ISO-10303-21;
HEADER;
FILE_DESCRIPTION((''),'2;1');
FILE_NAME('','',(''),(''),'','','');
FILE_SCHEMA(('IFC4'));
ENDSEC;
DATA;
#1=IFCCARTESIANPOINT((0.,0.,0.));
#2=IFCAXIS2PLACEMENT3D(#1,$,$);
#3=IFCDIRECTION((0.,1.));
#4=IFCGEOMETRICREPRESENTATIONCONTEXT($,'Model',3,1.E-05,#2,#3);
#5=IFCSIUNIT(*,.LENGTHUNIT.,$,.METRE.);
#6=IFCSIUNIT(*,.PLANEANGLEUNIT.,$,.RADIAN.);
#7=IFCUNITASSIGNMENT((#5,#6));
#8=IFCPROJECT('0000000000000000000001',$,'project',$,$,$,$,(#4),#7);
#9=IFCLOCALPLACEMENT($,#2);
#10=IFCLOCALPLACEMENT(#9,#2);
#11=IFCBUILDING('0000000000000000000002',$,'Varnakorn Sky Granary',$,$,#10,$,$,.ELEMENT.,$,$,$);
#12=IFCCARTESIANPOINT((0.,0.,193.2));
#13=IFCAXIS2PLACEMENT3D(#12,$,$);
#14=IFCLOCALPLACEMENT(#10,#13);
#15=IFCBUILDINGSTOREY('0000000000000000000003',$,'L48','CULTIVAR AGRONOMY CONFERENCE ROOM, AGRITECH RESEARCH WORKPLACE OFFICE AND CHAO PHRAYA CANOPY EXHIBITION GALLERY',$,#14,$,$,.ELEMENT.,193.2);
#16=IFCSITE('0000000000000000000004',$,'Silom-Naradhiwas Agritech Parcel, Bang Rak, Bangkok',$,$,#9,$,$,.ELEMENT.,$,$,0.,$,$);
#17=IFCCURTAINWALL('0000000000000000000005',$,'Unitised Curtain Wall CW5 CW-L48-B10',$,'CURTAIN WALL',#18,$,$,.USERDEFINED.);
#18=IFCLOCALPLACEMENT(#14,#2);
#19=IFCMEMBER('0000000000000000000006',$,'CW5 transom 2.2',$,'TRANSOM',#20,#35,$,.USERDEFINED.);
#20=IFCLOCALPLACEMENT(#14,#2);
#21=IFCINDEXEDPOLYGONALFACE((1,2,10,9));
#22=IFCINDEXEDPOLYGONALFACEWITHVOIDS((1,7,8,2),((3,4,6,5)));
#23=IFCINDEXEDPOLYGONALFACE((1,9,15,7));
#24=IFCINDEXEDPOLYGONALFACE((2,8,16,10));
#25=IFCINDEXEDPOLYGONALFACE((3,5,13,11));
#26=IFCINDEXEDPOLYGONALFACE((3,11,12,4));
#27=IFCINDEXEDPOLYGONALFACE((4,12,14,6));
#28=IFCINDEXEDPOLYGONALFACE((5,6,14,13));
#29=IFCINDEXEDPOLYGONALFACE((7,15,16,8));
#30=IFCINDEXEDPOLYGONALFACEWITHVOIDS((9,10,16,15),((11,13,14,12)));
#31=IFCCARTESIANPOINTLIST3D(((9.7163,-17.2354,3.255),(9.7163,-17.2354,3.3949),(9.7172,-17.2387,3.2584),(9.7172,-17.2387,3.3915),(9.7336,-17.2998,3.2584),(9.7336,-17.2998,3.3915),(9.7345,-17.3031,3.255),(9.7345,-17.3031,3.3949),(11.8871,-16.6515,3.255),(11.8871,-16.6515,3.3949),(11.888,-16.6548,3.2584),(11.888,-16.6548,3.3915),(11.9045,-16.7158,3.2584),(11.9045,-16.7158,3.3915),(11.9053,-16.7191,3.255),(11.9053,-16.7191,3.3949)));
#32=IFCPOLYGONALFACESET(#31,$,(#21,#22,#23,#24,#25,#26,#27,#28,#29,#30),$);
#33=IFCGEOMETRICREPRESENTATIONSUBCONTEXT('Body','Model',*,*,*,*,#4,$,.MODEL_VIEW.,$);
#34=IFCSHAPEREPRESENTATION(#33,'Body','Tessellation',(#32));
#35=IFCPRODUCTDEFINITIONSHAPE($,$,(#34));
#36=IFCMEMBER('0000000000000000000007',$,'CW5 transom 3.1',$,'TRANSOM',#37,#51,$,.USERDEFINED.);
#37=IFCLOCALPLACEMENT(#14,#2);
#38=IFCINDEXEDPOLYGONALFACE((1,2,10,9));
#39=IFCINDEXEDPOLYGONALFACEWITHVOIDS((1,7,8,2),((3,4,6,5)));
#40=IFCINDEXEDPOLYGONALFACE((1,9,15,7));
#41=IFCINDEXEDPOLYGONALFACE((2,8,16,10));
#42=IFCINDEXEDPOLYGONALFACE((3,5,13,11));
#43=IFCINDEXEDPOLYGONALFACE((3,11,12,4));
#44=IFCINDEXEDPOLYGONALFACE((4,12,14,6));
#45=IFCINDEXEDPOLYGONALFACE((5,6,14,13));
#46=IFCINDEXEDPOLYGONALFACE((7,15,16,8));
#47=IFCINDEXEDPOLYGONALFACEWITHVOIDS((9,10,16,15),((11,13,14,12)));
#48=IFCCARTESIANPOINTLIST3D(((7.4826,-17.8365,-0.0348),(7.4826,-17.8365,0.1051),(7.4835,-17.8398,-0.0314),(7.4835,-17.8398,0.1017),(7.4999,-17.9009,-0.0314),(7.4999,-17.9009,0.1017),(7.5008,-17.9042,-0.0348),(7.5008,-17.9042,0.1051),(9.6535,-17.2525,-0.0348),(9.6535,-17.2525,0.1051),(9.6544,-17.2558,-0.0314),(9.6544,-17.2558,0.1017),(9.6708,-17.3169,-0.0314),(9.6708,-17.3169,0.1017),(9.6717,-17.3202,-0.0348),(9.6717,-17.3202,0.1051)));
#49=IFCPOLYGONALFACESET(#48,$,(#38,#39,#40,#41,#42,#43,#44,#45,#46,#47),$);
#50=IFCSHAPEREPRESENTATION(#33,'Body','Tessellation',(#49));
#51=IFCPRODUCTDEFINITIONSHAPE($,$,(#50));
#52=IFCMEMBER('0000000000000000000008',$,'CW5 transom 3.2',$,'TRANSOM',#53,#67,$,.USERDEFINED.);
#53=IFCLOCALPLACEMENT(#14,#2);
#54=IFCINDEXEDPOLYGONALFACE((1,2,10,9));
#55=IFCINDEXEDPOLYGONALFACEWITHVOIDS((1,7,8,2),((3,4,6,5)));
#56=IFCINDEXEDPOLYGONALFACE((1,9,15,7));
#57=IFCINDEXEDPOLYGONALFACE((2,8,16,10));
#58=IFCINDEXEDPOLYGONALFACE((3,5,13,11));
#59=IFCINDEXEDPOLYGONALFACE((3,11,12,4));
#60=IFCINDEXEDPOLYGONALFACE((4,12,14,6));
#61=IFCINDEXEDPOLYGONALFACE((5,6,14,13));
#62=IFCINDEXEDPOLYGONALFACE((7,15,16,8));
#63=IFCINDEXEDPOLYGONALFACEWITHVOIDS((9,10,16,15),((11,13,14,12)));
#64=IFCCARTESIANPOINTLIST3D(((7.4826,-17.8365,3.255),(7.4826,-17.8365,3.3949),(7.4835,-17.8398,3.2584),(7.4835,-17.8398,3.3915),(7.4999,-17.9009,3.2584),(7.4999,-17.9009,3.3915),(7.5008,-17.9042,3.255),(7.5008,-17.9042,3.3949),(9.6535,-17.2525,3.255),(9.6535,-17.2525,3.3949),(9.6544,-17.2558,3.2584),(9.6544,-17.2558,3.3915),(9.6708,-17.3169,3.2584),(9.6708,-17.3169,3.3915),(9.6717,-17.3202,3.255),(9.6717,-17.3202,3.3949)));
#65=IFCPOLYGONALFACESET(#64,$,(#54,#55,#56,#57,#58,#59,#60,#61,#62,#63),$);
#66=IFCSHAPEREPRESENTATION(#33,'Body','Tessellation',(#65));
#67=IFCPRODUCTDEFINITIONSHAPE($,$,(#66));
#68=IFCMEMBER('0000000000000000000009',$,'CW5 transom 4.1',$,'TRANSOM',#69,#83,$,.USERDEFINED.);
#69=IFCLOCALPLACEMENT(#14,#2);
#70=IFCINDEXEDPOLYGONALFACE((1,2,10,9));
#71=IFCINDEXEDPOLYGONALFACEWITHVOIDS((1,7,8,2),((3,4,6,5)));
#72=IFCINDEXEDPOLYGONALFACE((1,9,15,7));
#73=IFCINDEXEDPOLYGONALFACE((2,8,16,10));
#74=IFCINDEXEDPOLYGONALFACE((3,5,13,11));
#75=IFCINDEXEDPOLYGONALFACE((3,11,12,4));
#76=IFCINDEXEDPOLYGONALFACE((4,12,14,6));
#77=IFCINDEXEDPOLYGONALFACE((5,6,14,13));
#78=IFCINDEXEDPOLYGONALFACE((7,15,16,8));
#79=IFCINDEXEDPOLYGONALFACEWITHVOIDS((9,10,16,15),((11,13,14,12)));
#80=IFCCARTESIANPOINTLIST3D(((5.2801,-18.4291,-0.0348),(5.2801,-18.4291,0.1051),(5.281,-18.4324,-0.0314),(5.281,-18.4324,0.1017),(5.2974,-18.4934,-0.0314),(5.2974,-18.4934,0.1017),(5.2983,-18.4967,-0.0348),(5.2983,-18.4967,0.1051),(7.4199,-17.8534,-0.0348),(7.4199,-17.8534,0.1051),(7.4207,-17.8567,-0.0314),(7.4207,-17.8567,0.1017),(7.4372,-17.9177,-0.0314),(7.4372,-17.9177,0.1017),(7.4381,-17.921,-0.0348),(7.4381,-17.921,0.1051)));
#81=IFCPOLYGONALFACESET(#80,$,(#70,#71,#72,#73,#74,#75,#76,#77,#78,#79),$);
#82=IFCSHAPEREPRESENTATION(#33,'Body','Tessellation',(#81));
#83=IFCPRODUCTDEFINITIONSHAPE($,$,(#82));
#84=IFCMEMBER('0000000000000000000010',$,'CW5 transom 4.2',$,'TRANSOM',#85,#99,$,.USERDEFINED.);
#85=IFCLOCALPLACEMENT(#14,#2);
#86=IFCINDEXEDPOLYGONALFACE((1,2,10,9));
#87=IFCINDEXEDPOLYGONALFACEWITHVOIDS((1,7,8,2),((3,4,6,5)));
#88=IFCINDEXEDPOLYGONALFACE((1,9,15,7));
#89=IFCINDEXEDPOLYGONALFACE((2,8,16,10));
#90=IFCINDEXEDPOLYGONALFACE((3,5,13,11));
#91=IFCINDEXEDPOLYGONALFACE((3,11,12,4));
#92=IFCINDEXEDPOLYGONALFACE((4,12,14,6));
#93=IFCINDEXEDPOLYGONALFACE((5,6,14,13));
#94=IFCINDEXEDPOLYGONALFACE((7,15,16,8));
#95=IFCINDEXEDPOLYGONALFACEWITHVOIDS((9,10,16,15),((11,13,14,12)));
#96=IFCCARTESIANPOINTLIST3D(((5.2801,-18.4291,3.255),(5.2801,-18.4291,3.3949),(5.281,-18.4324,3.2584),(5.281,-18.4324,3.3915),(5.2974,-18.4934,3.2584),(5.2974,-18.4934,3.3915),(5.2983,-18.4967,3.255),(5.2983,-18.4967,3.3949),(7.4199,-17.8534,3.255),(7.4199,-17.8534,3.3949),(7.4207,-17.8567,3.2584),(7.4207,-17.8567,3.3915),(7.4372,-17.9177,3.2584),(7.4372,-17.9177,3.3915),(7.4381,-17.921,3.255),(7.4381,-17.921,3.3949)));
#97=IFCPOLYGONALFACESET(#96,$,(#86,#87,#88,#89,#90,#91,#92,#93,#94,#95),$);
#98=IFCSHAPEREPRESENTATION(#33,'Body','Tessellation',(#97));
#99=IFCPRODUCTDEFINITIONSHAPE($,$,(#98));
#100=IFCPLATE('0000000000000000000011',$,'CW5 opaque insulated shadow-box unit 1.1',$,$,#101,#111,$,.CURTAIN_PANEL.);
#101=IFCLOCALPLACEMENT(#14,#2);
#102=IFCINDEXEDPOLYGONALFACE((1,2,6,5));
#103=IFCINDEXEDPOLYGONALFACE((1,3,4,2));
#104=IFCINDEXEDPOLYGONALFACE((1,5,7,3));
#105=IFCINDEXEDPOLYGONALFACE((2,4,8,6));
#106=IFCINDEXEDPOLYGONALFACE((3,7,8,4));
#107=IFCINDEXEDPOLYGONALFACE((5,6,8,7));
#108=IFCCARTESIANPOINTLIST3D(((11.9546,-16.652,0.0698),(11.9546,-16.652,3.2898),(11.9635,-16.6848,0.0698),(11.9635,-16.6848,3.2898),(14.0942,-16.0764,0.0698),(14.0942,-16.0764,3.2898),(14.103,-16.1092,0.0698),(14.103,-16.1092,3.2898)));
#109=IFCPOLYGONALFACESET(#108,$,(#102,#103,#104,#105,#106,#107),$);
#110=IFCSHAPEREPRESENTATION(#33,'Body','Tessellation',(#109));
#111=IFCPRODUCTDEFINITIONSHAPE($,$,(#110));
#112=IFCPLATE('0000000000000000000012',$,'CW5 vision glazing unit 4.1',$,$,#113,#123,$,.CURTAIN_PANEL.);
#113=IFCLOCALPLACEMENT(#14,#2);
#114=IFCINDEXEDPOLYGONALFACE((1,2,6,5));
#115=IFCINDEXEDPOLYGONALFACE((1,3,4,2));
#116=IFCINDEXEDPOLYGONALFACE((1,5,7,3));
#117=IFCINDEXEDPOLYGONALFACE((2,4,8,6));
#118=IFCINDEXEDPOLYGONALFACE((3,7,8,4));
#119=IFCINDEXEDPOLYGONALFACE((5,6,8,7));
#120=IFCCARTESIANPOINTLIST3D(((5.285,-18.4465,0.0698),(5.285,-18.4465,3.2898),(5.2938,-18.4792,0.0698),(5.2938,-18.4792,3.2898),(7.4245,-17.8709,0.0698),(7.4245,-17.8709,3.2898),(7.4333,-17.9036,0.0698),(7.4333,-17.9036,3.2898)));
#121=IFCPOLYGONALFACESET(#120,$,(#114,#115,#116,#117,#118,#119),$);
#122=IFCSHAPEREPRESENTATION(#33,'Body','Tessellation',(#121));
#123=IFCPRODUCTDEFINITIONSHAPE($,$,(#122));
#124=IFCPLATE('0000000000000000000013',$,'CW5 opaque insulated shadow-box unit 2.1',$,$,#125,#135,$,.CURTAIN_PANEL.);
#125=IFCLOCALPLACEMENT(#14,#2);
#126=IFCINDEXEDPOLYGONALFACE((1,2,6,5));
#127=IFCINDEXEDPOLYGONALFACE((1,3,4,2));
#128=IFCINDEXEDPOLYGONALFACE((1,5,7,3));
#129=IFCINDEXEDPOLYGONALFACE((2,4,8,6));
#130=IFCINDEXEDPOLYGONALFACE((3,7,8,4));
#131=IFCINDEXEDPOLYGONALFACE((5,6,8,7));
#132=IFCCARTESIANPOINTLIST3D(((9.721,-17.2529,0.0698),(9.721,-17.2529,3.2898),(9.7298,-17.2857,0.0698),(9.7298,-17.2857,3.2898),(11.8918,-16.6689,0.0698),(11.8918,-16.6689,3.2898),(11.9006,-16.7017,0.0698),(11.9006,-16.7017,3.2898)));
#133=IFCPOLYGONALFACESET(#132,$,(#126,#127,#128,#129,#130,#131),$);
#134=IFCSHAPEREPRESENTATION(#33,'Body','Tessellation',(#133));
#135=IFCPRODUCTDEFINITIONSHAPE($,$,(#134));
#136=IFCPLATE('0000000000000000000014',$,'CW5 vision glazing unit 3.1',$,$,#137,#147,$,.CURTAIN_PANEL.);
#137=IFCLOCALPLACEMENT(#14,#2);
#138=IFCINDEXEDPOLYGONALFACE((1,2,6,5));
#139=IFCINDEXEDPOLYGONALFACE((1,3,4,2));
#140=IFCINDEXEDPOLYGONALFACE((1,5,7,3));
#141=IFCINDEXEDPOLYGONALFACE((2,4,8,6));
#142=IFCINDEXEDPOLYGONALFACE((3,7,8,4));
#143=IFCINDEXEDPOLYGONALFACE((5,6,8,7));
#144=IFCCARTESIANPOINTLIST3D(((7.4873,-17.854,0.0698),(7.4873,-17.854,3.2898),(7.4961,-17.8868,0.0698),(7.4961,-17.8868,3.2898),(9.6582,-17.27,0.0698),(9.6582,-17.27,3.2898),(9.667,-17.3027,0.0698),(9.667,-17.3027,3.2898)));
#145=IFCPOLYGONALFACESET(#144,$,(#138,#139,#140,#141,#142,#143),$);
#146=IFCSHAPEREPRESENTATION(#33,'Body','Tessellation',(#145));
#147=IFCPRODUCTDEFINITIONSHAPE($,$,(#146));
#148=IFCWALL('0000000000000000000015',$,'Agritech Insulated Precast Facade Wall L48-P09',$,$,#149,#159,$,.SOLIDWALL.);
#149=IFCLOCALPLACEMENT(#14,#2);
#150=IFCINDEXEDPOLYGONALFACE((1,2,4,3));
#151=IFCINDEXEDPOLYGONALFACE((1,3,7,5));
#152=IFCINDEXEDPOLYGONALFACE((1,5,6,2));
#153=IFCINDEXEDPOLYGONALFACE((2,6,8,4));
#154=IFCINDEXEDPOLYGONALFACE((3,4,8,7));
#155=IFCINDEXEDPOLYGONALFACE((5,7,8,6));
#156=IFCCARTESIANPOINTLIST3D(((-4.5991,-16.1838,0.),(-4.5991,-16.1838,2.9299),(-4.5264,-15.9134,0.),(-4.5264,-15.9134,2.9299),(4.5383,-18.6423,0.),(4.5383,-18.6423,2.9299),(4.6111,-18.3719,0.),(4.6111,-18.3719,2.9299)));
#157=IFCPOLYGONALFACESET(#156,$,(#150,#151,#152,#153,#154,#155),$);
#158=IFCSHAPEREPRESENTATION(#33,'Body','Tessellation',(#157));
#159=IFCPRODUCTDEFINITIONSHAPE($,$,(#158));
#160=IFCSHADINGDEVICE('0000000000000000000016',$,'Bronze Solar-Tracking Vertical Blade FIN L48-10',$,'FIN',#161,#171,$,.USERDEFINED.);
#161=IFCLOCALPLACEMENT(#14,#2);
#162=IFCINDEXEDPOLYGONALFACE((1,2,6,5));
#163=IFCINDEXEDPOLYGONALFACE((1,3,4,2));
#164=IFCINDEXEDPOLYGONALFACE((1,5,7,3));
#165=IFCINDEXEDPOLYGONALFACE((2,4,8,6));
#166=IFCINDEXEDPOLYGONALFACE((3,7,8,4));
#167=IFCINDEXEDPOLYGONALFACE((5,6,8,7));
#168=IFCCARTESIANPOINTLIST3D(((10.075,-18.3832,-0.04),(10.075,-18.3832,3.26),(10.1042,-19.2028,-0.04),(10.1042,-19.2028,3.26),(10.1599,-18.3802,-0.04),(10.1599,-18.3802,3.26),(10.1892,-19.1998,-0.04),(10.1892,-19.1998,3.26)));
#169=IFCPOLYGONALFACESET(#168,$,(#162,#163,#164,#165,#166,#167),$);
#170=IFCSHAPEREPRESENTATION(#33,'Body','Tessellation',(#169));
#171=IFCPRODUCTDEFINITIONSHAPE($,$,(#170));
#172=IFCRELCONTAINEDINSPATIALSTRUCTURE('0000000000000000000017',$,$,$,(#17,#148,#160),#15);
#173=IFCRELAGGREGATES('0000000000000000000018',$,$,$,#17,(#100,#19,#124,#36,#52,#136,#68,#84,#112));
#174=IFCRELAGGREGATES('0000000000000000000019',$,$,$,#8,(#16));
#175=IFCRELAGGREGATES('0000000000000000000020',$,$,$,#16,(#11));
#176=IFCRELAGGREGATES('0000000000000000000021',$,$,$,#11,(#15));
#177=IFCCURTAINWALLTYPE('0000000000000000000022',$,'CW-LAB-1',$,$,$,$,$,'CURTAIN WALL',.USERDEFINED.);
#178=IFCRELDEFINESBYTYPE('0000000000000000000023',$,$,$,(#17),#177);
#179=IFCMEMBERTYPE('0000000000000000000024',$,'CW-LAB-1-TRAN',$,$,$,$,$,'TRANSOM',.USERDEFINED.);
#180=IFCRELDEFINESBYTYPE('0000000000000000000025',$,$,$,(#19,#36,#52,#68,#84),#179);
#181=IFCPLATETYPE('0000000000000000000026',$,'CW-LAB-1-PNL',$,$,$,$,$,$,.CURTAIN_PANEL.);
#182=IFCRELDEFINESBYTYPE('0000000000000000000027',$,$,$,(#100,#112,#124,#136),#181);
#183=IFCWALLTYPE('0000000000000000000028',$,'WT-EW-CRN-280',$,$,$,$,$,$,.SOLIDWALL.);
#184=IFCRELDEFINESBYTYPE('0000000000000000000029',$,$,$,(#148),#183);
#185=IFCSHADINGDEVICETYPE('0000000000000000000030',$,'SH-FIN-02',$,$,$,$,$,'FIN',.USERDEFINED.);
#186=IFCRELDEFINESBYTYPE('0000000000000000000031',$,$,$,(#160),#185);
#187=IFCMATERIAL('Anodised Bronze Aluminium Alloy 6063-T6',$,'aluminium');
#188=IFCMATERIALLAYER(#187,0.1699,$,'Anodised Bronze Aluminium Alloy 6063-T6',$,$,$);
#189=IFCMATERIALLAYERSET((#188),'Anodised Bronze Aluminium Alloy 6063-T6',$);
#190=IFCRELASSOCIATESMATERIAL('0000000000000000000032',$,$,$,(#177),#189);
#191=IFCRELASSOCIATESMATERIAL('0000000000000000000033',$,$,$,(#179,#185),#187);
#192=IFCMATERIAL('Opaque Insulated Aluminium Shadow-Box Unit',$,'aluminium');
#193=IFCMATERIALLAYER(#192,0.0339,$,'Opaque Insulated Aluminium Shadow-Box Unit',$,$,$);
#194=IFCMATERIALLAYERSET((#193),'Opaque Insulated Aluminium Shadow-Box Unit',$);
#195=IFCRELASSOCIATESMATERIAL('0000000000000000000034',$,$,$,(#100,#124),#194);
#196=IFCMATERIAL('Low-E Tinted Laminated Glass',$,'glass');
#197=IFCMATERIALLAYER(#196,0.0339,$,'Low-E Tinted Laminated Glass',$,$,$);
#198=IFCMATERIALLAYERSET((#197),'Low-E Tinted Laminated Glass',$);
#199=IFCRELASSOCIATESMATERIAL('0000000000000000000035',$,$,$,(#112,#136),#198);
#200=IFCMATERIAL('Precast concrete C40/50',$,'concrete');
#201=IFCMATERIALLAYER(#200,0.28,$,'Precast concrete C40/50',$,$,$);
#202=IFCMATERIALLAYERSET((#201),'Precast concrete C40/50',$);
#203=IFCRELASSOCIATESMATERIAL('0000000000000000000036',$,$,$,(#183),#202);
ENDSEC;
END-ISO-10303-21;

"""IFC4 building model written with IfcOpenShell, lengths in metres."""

from ifc_helpers import new_model, si_unit, direction, frame, frame_2d, origin, origin_2d, place, context, subcontext, project, spatial, rectangle, hollow_rectangle, extrude, source, transform, mapped, material, layer, layer_set, material_profile, profile_set, type_object, type_shapes, element, aggregate, save


model = new_model("IFC4")

# Units and contexts
model_context = context("Model", 3, precision=1e-05, world=origin(), true_north=direction((0.0, 1.0)))
body_context = subcontext(model_context, "Body", "Model", "MODEL_VIEW")
ifc_project = project(units=[si_unit("LENGTHUNIT", "METRE"), si_unit("PLANEANGLEUNIT", "RADIAN")], contexts=[model_context])

# Site, building, storey
site_placement = place(None, origin())
site = spatial("IfcSite", under=ifc_project, at=site_placement, Name="Silom-Naradhiwas Agritech Parcel, Bang Rak, Bangkok", CompositionType="ELEMENT", RefElevation=0.0)
building_placement = place(site_placement, origin())
building = spatial("IfcBuilding", under=site, at=building_placement, Name="Varnakorn Sky Granary", CompositionType="ELEMENT")
storey_placement = place(building_placement, frame((0.0, 0.0, 193.2)))
storey = spatial("IfcBuildingStorey", under=building, at=storey_placement, Name="L48", Description="CULTIVAR AGRONOMY CONFERENCE ROOM, AGRITECH RESEARCH WORKPLACE OFFICE AND CHAO PHRAYA CANOPY EXHIBITION GALLERY", CompositionType="ELEMENT", Elevation=193.2)

# Curtain wall, members, plates
ifc_material_1 = material(Name="Anodised Bronze Aluminium Alloy 6063-T6", Category="aluminium")
ifc_layer_1 = layer(ifc_material_1, 0.1699, Name="Anodised Bronze Aluminium Alloy 6063-T6")
ifc_layer_set_1 = layer_set([ifc_layer_1], Name="Anodised Bronze Aluminium Alloy 6063-T6")
curtain_wall_type = type_object("IfcCurtainWallType", Name="CW-LAB-1", ElementType="CURTAIN WALL", PredefinedType="USERDEFINED", material=ifc_layer_set_1)
curtain_wall_placement = place(storey_placement, origin())
curtain_wall = element("IfcCurtainWall", 1, at=curtain_wall_placement, inside=storey, type_object=curtain_wall_type, Name="Unitised Curtain Wall CW5 CW-L48-B10", ObjectType="CURTAIN WALL", PredefinedType="USERDEFINED")
ifc_material_profile_1 = material_profile(ifc_material_1, hollow_rectangle(XDim=0.0701, YDim=0.1399, WallThickness=0.0034, at=origin_2d()), Name="ALU TRAN 70x140")
ifc_profile_set_1 = profile_set([ifc_material_profile_1], Name="Anodised Bronze Aluminium Alloy 6063-T6")
member_type_1 = type_object("IfcMemberType", Name="CW-LAB-1-TRAN", ElementType="TRANSOM", PredefinedType="USERDEFINED", material=ifc_profile_set_1)
member_1_placement = place(storey_placement, frame((11.8962, -16.6853, 3.325), z_axis=(-0.96567, -0.259771, 0.0), x_axis=(0.259771, -0.96567, 0.0)))
member_1 = element("IfcMember", 2, at=member_1_placement, type_object=member_type_1, Name="CW5 transom 2.2", ObjectType="TRANSOM", PredefinedType="USERDEFINED", context=body_context, shape_type="SweptSolid", body=[
    extrude(hollow_rectangle(XDim=0.0701, YDim=0.1399, WallThickness=0.0034, at=origin_2d()), origin(), (0.0, 0.0, 1.0), 2.248),
])
member_2_placement = place(storey_placement, frame((9.6626, -17.2864, 0.0352), z_axis=(-0.96567, -0.259771, 0.0), x_axis=(0.259771, -0.96567, 0.0)))
member_2 = element("IfcMember", 3, at=member_2_placement, type_object=member_type_1, Name="CW5 transom 3.1", ObjectType="TRANSOM", PredefinedType="USERDEFINED", context=body_context, shape_type="SweptSolid", body=[
    extrude(hollow_rectangle(XDim=0.0701, YDim=0.1399, WallThickness=0.0034, at=origin_2d()), origin(), (0.0, 0.0, 1.0), 2.248),
])
member_3_placement = place(storey_placement, frame((9.6626, -17.2864, 3.325), z_axis=(-0.96567, -0.259771, 0.0), x_axis=(0.259771, -0.96567, 0.0)))
member_3 = element("IfcMember", 4, at=member_3_placement, type_object=member_type_1, Name="CW5 transom 3.2", ObjectType="TRANSOM", PredefinedType="USERDEFINED", context=body_context, shape_type="SweptSolid", body=[
    extrude(hollow_rectangle(XDim=0.0701, YDim=0.1399, WallThickness=0.0034, at=origin_2d()), origin(), (0.0, 0.0, 1.0), 2.248),
])
member_4_placement = place(storey_placement, frame((7.429, -17.8872, 0.0352), z_axis=(-0.965658, -0.259815, 0.0), x_axis=(0.259815, -0.965658, 0.0)))
member_4 = element("IfcMember", 5, at=member_4_placement, type_object=member_type_1, Name="CW5 transom 4.1", ObjectType="TRANSOM", PredefinedType="USERDEFINED", context=body_context, shape_type="SweptSolid", body=[
    extrude(hollow_rectangle(XDim=0.0701, YDim=0.1399, WallThickness=0.0034, at=origin_2d()), origin(), (0.0, 0.0, 1.0), 2.2158),
])
member_5_placement = place(storey_placement, frame((7.429, -17.8872, 3.325), z_axis=(-0.965658, -0.259815, 0.0), x_axis=(0.259815, -0.965658, 0.0)))
member_5 = element("IfcMember", 6, at=member_5_placement, type_object=member_type_1, Name="CW5 transom 4.2", ObjectType="TRANSOM", PredefinedType="USERDEFINED", context=body_context, shape_type="SweptSolid", body=[
    extrude(hollow_rectangle(XDim=0.0701, YDim=0.1399, WallThickness=0.0034, at=origin_2d()), origin(), (0.0, 0.0, 1.0), 2.2158),
])
ifc_material_2 = material(Name="Opaque Insulated Aluminium Shadow-Box Unit", Category="aluminium")
ifc_layer_2 = layer(ifc_material_2, 0.0339, Name="Opaque Insulated Aluminium Shadow-Box Unit")
ifc_layer_set_2 = layer_set([ifc_layer_2], Name="Opaque Insulated Aluminium Shadow-Box Unit")
plate_type = type_object("IfcPlateType", Name="CW-LAB-1-PNL", PredefinedType="CURTAIN_PANEL")
shared_shape_1 = source(origin(), body_context, "Body", "SweptSolid", [
    extrude(rectangle(XDim=2.2156, YDim=0.0339, at=origin_2d()), origin(), (0.0, 0.0, 1.0), 3.22),
])
plate_1_placement = place(storey_placement, frame((13.0288, -16.3806, 0.0698), z_axis=(0.0, 0.0, 1.0), x_axis=(-0.965665, -0.25979, 0.0)))
plate_1 = element("IfcPlate", 7, at=plate_1_placement, type_object=plate_type, material=ifc_layer_set_2, Name="CW5 opaque insulated shadow-box unit 1.1", PredefinedType="CURTAIN_PANEL", context=body_context, shape_type="MappedRepresentation", body=[
    mapped(shared_shape_1, transform((0.0, 0.0, 0.0), x_axis=(1.0, 0.0, 0.0), y_axis=(0.0, 1.0, 0.0), z_axis=(0.0, 0.0, 1.0), scale=1.0)),
])
ifc_material_3 = material(Name="Low-E Tinted Laminated Glass", Category="glass")
ifc_layer_3 = layer(ifc_material_3, 0.0339, Name="Low-E Tinted Laminated Glass")
ifc_layer_set_3 = layer_set([ifc_layer_3], Name="Low-E Tinted Laminated Glass")
plate_2_placement = place(storey_placement, frame((6.3591, -18.175, 0.0698), z_axis=(0.0, 0.0, 1.0), x_axis=(-0.965665, -0.25979, 0.0)))
plate_2 = element("IfcPlate", 8, at=plate_2_placement, type_object=plate_type, material=ifc_layer_set_3, Name="CW5 vision glazing unit 4.1", PredefinedType="CURTAIN_PANEL", context=body_context, shape_type="MappedRepresentation", body=[
    mapped(shared_shape_1, transform((0.0, 0.0, 0.0), x_axis=(1.0, 0.0, 0.0), y_axis=(0.0, 1.0, 0.0), z_axis=(0.0, 0.0, 1.0), scale=1.0)),
])
shared_shape_2 = source(origin(), body_context, "Body", "SweptSolid", [
    extrude(rectangle(XDim=2.248, YDim=0.0339, at=origin_2d()), origin(), (0.0, 0.0, 1.0), 3.22),
])
type_shapes(plate_type, [shared_shape_1, shared_shape_2])
plate_3_placement = place(storey_placement, frame((10.8108, -16.9773, 0.0698), z_axis=(0.0, 0.0, 1.0), x_axis=(-0.965665, -0.25979, 0.0)))
plate_3 = element("IfcPlate", 9, at=plate_3_placement, type_object=plate_type, material=ifc_layer_set_2, Name="CW5 opaque insulated shadow-box unit 2.1", PredefinedType="CURTAIN_PANEL", context=body_context, shape_type="MappedRepresentation", body=[
    mapped(shared_shape_2, transform((0.0, 0.0, 0.0), x_axis=(1.0, 0.0, 0.0), y_axis=(0.0, 1.0, 0.0), z_axis=(0.0, 0.0, 1.0), scale=1.0)),
])
plate_4_placement = place(storey_placement, frame((8.5771, -17.5784, 0.0698), z_axis=(0.0, 0.0, 1.0), x_axis=(-0.965665, -0.25979, 0.0)))
plate_4 = element("IfcPlate", 10, at=plate_4_placement, type_object=plate_type, material=ifc_layer_set_3, Name="CW5 vision glazing unit 3.1", PredefinedType="CURTAIN_PANEL", context=body_context, shape_type="MappedRepresentation", body=[
    mapped(shared_shape_2, transform((0.0, 0.0, 0.0), x_axis=(1.0, 0.0, 0.0), y_axis=(0.0, 1.0, 0.0), z_axis=(0.0, 0.0, 1.0), scale=1.0)),
])
aggregate(curtain_wall, [plate_1, member_1, plate_3, member_2, member_3, plate_4, member_4, member_5, plate_2])

# Wall
ifc_material_4 = material(Name="Precast concrete C40/50", Category="concrete")
ifc_layer_4 = layer(ifc_material_4, 0.28, Name="Precast concrete C40/50")
ifc_layer_set_4 = layer_set([ifc_layer_4], Name="Precast concrete C40/50")
wall_type = type_object("IfcWallType", Name="WT-EW-CRN-280", PredefinedType="SOLIDWALL", material=ifc_layer_set_4)
wall_placement = place(storey_placement, frame((4.5747, -18.5071, 0.0), z_axis=(0.0, 0.0, 1.0), x_axis=(-0.965658, 0.259817, 0.0)))
element("IfcWall", 11, at=wall_placement, inside=storey, type_object=wall_type, Name="Agritech Insulated Precast Facade Wall L48-P09", PredefinedType="SOLIDWALL", context=body_context, shape_type="SweptSolid", body=[
    extrude(rectangle(XDim=9.4624, YDim=0.28, at=frame_2d((4.7312, 0.0))), origin(), (0.0, 0.0, 1.0), 2.9299),
])

# Shading device
shading_device_type = type_object("IfcShadingDeviceType", Name="SH-FIN-02", ElementType="FIN", PredefinedType="USERDEFINED", material=ifc_material_1)
shared_shape_3 = source(origin(), body_context, "Body", "SweptSolid", [
    extrude(rectangle(XDim=0.085, YDim=0.8201, at=origin_2d()), origin(), (0.0, 0.0, 1.0), 3.3),
])
type_shapes(shading_device_type, [shared_shape_3])
shading_device_placement = place(storey_placement, frame((10.1321, -18.7915, -0.04), z_axis=(0.0, 0.0, 1.0), x_axis=(0.999364, 0.035657, 0.0)))
element("IfcShadingDevice", 12, at=shading_device_placement, inside=storey, type_object=shading_device_type, Name="Bronze Solar-Tracking Vertical Blade FIN L48-10", ObjectType="FIN", PredefinedType="USERDEFINED", context=body_context, shape_type="MappedRepresentation", body=[
    mapped(shared_shape_3, transform((0.0, 0.0, 0.0), x_axis=(1.0, 0.0, 0.0), y_axis=(0.0, 1.0, 0.0), z_axis=(0.0, 0.0, 1.0), scale=1.0)),
])

save(model, "model.ifc")
